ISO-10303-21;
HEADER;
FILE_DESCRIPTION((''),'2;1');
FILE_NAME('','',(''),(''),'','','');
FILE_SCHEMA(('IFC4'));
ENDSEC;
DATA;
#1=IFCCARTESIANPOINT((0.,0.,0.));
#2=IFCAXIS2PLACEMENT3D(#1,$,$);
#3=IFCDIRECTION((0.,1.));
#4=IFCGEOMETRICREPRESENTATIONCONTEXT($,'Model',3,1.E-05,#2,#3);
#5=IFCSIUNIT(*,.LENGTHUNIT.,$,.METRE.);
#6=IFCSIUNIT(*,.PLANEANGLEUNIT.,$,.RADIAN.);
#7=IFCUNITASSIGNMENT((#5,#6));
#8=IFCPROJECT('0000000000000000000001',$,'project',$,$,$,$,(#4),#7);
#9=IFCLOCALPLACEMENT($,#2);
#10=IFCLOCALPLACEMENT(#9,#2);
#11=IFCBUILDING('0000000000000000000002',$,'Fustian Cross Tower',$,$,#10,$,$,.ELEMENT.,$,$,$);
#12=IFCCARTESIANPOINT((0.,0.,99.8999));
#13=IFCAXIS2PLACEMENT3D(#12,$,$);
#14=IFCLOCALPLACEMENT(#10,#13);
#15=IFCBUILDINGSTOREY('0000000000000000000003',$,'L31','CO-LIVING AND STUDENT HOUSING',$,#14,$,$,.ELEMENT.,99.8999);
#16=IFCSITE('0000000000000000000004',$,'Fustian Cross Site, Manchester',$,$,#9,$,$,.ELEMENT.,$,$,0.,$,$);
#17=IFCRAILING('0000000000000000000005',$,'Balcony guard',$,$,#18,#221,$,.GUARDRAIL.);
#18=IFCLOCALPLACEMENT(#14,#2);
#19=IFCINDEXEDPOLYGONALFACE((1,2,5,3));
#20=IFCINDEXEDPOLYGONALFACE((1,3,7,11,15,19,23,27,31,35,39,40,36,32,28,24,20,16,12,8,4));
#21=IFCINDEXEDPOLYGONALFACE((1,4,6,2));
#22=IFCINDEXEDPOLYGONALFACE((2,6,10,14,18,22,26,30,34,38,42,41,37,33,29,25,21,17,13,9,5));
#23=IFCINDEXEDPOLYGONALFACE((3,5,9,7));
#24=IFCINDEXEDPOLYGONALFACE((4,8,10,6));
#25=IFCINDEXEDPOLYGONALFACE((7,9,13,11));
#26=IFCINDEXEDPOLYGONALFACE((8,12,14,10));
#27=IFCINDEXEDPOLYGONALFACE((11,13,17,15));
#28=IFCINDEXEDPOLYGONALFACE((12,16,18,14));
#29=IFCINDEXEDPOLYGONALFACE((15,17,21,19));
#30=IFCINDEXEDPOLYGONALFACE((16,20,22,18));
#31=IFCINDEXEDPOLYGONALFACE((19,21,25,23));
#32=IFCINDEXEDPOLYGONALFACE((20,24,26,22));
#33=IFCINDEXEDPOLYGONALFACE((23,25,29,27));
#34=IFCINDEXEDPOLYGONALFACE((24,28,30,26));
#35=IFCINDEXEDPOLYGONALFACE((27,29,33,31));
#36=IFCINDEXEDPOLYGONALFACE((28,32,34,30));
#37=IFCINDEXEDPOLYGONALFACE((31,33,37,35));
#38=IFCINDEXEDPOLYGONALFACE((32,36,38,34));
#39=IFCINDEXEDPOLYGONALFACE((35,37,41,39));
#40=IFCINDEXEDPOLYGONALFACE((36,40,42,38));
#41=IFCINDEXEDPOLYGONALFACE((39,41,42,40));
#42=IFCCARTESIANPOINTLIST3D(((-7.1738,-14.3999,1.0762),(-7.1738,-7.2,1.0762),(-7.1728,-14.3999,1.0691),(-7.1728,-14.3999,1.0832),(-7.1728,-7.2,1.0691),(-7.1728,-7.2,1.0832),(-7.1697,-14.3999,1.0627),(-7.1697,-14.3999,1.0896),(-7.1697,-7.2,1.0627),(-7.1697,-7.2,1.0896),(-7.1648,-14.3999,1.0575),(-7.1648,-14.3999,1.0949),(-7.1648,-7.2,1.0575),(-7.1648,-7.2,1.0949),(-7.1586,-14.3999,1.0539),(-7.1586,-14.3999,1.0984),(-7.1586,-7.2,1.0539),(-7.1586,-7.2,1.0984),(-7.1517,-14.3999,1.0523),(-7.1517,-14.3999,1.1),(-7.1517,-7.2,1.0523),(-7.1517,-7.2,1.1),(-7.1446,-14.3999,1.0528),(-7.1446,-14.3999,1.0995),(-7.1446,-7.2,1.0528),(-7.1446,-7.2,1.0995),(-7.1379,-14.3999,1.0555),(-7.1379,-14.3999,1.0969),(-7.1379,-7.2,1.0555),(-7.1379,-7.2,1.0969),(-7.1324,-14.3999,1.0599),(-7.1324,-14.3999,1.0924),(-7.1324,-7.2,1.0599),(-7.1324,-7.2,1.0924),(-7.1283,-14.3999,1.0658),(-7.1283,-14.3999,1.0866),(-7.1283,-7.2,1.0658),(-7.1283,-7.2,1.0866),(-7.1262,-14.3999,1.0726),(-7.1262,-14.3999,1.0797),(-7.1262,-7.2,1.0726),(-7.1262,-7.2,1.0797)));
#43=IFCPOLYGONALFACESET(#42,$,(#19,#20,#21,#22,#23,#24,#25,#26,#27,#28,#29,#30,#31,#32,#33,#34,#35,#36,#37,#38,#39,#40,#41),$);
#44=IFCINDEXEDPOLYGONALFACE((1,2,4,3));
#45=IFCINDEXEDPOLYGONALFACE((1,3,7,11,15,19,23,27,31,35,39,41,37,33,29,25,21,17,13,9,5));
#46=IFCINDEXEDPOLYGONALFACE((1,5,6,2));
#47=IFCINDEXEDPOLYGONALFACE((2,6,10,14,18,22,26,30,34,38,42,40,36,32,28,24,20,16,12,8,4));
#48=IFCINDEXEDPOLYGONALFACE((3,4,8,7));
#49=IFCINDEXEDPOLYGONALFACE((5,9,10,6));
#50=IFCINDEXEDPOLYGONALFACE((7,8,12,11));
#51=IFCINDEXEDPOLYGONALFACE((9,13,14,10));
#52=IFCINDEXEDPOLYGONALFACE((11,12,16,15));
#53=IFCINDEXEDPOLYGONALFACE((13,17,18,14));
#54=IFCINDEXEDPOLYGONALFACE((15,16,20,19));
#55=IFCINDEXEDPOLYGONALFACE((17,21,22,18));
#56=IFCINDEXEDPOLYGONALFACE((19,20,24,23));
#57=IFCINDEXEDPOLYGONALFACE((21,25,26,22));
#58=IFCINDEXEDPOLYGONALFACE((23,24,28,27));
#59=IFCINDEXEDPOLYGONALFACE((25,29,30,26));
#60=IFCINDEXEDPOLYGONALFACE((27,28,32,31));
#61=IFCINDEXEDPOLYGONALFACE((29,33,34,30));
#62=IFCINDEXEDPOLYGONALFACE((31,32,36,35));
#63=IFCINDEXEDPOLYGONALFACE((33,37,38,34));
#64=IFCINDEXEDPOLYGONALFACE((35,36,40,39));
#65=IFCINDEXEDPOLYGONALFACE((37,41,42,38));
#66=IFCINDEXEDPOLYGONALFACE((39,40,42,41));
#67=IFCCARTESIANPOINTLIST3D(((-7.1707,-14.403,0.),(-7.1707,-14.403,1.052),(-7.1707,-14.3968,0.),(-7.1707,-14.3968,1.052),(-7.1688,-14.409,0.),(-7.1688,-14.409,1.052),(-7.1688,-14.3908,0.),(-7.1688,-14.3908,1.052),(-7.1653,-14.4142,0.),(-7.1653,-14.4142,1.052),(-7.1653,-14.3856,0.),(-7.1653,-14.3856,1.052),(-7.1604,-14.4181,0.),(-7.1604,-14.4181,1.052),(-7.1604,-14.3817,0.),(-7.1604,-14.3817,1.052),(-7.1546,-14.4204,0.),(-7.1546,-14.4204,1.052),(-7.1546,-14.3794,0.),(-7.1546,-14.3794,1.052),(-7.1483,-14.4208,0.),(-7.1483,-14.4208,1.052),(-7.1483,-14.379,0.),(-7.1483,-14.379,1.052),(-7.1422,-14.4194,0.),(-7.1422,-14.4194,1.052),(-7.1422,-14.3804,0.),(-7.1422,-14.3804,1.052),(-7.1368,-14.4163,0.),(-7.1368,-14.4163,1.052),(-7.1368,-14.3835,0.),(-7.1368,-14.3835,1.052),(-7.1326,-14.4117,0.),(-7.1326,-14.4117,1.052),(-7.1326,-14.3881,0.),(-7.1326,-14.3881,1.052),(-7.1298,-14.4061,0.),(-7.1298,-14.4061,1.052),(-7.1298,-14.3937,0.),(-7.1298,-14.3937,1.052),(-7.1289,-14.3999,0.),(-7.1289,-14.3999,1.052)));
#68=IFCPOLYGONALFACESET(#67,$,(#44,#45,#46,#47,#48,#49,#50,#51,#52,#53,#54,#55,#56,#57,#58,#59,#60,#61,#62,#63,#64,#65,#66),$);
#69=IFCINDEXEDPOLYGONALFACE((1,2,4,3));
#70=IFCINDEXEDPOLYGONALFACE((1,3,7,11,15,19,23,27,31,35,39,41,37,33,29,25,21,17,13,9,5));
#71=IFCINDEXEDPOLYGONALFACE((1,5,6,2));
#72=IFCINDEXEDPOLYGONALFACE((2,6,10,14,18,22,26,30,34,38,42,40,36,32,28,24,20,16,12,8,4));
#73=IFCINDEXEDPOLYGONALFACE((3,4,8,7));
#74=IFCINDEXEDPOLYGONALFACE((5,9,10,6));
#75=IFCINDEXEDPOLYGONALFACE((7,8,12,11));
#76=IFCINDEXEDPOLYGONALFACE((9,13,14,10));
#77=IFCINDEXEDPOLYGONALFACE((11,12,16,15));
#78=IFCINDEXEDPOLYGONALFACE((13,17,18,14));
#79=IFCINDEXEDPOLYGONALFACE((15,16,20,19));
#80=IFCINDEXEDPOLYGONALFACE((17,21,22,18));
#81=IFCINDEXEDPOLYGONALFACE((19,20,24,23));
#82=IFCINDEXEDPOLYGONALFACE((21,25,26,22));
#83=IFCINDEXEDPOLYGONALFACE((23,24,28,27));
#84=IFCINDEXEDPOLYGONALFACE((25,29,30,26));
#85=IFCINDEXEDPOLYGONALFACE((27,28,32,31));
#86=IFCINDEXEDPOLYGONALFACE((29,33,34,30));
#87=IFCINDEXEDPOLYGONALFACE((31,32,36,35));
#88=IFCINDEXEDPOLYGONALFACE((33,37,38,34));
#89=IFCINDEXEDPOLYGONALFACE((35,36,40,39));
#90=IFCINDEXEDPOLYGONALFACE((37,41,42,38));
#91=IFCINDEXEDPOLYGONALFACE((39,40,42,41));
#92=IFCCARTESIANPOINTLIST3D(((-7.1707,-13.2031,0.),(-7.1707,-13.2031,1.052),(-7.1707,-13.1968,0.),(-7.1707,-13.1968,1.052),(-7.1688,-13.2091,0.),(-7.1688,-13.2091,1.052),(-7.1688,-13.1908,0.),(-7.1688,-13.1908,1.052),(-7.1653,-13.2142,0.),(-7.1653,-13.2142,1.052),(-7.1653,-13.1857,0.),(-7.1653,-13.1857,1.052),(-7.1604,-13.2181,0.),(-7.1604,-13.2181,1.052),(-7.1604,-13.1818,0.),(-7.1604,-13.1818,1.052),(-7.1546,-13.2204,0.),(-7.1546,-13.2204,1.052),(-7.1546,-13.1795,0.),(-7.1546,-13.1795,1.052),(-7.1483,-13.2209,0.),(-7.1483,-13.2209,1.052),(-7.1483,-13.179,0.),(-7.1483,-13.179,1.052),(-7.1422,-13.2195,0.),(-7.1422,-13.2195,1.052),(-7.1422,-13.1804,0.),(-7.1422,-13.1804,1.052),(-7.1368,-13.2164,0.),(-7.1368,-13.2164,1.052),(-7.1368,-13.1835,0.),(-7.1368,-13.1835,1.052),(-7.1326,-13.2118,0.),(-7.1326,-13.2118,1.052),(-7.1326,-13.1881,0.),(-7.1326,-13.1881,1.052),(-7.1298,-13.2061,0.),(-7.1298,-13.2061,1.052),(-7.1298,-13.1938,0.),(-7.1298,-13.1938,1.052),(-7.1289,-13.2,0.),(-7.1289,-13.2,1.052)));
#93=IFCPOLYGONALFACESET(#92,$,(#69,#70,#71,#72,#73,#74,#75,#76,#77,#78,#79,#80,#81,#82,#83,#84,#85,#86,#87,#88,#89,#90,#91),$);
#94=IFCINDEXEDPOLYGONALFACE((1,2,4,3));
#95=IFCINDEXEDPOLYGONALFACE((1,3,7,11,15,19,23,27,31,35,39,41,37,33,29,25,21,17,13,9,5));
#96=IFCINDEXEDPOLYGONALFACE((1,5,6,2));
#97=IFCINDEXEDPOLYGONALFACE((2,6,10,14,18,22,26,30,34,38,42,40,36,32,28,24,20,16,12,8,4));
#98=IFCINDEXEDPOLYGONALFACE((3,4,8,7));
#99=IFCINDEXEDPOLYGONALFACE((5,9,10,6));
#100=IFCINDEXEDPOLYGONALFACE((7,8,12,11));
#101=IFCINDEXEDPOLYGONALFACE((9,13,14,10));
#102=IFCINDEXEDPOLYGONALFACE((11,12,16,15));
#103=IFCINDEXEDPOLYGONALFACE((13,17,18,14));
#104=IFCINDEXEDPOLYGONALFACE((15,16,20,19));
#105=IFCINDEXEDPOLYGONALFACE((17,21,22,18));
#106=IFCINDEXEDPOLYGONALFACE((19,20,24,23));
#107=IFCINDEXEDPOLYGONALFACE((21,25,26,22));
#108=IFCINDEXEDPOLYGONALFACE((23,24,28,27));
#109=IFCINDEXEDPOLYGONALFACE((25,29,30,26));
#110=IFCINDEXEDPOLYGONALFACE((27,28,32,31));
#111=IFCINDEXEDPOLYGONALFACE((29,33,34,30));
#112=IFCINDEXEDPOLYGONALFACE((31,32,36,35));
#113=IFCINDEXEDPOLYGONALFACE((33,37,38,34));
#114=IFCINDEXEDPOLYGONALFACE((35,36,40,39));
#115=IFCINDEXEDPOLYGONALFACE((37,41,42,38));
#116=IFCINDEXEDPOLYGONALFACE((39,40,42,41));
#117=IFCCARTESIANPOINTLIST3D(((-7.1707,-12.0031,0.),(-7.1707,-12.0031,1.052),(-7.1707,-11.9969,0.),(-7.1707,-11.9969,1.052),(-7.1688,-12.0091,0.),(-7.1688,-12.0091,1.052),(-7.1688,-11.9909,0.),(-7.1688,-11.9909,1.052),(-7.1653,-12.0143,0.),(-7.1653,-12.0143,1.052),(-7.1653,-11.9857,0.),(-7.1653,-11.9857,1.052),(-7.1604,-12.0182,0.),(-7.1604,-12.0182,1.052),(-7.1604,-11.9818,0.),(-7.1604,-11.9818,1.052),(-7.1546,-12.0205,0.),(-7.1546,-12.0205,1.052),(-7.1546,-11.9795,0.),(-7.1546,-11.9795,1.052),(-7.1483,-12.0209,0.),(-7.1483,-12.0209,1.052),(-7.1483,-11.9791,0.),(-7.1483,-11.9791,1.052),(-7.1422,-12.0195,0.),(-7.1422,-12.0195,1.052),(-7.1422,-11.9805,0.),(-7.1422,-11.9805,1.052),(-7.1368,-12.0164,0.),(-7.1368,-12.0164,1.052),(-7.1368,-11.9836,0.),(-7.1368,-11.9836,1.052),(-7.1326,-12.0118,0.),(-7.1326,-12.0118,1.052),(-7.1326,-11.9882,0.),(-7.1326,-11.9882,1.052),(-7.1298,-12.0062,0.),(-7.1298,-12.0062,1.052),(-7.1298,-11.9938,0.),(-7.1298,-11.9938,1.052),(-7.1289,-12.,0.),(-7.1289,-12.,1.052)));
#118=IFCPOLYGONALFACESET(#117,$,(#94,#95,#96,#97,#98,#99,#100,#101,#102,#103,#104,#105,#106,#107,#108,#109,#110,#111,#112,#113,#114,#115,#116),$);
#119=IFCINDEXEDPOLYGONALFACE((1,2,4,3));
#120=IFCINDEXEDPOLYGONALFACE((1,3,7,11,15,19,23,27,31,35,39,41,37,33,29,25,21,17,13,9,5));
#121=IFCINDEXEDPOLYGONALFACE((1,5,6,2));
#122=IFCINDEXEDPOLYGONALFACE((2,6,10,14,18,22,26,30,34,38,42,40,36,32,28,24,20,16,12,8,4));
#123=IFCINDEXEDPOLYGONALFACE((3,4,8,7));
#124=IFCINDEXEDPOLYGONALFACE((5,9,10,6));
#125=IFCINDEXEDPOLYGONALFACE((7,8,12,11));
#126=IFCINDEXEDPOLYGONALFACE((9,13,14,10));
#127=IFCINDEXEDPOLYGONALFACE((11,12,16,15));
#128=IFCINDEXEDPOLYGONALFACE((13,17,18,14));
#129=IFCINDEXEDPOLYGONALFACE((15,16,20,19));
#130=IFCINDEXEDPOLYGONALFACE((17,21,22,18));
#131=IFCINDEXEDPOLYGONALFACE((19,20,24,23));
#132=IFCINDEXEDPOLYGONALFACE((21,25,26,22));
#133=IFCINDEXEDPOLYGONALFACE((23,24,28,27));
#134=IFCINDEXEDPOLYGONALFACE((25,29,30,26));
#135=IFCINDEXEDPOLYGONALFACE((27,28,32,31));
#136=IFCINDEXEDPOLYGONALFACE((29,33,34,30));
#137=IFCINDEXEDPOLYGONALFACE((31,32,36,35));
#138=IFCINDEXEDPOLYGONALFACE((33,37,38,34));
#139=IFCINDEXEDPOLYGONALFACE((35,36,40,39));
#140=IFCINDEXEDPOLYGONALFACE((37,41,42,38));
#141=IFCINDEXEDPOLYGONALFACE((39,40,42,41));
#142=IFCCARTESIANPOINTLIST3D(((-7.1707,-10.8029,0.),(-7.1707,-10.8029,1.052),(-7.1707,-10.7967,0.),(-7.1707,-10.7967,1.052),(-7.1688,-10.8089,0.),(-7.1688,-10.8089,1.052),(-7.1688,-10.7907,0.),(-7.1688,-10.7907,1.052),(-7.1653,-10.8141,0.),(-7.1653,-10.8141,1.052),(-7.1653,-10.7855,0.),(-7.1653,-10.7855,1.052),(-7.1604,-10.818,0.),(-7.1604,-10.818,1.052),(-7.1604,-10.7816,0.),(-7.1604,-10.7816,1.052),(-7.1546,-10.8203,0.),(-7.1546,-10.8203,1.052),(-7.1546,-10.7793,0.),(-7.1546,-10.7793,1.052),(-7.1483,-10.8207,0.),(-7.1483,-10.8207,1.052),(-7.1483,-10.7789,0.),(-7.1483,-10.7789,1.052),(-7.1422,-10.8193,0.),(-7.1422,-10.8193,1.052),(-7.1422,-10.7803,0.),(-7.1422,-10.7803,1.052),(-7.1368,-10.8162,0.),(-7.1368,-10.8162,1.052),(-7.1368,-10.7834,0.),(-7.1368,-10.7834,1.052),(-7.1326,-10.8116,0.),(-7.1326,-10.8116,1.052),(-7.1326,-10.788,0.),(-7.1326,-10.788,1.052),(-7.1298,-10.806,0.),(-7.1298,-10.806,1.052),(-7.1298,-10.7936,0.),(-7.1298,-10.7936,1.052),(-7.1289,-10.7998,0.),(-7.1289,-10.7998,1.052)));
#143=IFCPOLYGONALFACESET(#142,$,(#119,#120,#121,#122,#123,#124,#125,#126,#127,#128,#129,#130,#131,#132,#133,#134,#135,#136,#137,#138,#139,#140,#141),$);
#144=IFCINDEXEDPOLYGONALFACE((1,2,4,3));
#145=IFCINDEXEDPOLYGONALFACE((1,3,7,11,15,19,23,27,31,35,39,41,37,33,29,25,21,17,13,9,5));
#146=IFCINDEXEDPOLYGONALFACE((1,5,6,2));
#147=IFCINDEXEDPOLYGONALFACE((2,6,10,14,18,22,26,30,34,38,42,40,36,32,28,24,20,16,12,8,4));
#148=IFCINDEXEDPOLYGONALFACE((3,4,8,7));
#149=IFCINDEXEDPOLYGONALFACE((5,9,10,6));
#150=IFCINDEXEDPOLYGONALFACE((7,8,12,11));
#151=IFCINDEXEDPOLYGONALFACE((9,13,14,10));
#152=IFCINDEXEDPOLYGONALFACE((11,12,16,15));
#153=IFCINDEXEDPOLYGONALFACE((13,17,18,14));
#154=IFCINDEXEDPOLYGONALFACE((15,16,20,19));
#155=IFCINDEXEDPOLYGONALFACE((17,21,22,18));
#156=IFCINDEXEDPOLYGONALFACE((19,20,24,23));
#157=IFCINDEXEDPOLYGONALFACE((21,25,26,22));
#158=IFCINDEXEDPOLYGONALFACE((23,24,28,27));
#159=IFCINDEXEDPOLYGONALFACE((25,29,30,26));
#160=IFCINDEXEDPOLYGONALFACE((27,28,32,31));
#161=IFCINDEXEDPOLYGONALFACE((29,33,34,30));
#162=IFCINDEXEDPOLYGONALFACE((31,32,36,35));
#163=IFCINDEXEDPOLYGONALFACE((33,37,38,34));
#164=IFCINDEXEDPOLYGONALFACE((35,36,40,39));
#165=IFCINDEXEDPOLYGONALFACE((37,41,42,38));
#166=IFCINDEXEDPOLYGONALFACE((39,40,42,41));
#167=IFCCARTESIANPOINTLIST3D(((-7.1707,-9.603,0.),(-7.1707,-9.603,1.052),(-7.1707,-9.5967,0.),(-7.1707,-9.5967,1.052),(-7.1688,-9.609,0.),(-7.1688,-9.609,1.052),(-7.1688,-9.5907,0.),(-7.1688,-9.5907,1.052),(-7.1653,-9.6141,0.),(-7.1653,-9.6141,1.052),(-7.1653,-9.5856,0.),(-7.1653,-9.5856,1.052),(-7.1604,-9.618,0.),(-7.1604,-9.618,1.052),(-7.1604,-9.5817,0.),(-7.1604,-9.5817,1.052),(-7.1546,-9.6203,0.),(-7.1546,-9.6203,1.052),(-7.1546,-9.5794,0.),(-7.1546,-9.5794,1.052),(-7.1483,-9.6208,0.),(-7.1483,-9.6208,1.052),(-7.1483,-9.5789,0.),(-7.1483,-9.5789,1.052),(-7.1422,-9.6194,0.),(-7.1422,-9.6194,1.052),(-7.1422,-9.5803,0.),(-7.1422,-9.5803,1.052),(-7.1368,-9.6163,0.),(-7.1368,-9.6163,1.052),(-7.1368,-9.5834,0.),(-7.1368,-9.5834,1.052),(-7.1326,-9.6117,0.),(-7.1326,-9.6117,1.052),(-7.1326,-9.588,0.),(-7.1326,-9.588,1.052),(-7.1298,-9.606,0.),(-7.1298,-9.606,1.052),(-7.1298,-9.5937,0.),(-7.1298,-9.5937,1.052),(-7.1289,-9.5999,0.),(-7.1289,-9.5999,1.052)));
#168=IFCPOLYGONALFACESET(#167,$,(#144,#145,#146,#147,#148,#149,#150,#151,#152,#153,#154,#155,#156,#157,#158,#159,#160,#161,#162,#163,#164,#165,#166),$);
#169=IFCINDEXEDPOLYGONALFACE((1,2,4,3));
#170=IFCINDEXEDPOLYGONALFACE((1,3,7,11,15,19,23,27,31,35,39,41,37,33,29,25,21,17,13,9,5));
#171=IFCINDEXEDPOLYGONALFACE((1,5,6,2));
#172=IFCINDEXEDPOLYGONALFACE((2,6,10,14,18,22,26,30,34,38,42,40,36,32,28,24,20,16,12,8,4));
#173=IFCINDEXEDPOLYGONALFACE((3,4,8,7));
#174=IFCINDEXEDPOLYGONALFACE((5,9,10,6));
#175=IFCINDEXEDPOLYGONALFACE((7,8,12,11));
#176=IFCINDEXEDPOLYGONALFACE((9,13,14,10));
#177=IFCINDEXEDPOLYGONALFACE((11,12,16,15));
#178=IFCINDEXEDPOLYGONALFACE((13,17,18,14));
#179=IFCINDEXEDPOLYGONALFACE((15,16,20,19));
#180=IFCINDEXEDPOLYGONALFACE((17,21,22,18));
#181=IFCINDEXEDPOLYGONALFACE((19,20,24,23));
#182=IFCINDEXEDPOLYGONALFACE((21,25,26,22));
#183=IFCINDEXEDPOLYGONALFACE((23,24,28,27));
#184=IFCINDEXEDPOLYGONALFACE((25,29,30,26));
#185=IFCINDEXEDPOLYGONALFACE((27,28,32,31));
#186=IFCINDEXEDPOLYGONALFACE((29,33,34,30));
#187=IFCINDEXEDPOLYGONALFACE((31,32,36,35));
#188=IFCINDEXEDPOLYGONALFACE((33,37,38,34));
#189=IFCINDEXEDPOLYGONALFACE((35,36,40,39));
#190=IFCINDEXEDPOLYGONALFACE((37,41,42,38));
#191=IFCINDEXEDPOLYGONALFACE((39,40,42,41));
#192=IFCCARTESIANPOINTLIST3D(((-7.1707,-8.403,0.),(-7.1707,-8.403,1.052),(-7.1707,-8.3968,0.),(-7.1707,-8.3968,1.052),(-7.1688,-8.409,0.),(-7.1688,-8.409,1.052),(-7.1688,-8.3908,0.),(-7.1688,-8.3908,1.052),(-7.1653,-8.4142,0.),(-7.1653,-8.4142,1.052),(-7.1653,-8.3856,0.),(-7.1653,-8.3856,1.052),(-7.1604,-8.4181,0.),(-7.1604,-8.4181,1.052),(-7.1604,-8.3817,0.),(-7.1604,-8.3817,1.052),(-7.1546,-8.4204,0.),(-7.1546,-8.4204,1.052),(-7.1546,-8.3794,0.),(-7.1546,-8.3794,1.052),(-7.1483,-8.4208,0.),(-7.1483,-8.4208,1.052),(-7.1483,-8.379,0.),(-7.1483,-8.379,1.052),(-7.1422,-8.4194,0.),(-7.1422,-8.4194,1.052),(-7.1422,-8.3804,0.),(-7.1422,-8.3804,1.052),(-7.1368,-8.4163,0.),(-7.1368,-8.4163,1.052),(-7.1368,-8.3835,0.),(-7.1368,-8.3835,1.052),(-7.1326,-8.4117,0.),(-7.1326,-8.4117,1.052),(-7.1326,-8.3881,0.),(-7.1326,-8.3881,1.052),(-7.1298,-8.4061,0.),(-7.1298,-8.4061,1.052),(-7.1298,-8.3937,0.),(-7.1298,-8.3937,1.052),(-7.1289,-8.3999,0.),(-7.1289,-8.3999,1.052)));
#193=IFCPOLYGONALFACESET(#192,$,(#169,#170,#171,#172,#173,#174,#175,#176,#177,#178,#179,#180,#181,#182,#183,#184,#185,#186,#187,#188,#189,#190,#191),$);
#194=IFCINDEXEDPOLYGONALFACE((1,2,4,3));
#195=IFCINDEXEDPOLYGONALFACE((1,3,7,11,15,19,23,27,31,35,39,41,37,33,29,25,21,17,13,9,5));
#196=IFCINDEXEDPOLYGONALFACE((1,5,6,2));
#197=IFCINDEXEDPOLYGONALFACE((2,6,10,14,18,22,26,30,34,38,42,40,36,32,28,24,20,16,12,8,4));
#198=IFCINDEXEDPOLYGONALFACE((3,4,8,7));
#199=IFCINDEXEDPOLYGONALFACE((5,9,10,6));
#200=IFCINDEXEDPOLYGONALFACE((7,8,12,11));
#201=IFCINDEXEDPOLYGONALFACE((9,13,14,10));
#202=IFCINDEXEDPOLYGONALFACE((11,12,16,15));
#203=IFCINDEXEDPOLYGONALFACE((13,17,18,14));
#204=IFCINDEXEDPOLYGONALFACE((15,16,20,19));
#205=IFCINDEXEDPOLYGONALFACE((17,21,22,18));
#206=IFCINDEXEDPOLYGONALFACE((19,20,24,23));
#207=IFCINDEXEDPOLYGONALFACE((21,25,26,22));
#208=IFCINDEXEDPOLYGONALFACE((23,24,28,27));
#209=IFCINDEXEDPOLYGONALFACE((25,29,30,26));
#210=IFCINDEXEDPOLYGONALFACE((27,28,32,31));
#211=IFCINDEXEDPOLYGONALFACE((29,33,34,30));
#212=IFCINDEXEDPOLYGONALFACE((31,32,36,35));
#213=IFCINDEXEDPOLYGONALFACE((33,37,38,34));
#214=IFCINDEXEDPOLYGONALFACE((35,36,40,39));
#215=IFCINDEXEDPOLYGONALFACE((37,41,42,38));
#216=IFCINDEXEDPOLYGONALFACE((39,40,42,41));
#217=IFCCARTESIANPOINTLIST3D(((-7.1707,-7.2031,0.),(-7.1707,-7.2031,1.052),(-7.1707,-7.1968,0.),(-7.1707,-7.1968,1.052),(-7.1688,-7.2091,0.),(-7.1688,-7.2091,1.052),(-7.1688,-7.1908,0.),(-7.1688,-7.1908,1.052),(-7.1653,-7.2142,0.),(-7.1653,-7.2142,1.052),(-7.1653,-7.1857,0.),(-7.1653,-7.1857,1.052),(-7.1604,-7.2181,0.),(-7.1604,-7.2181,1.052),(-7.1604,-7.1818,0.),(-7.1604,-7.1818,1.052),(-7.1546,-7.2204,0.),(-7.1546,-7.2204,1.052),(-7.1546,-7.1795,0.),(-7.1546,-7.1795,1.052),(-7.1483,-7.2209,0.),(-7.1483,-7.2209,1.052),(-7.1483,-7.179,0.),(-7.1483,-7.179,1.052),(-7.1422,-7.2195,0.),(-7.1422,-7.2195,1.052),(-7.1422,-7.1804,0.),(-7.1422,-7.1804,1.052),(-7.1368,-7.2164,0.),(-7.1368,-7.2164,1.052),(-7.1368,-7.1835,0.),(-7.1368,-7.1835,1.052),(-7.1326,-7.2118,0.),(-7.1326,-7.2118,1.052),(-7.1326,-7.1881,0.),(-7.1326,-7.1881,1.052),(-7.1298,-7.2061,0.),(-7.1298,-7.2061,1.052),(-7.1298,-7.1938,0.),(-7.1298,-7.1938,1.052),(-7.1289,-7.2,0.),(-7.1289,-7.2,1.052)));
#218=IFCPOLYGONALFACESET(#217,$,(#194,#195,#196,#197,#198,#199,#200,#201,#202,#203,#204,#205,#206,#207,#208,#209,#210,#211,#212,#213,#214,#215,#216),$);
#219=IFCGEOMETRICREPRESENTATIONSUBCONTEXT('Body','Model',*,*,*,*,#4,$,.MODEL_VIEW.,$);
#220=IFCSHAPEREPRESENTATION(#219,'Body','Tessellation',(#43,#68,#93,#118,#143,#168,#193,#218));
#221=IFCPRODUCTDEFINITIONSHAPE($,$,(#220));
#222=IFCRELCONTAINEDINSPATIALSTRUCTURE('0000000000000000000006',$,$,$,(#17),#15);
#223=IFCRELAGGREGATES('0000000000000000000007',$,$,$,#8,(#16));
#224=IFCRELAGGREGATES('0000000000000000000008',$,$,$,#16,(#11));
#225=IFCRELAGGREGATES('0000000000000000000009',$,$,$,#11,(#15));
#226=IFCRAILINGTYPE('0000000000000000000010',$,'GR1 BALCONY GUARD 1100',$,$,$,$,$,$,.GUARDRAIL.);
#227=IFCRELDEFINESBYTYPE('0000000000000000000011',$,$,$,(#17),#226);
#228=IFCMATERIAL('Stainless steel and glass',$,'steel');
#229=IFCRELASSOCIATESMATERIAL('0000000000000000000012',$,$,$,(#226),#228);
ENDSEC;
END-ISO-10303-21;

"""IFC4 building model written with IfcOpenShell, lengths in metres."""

from ifc_helpers import new_model, si_unit, direction, frame, origin, origin_2d, place, context, subcontext, project, spatial, circle, extrude, material, type_object, element, save


model = new_model("IFC4")

# Units and contexts
model_context = context("Model", 3, precision=1e-05, world=origin(), true_north=direction((0.0, 1.0)))
body_context = subcontext(model_context, "Body", "Model", "MODEL_VIEW")
ifc_project = project(units=[si_unit("LENGTHUNIT", "METRE"), si_unit("PLANEANGLEUNIT", "RADIAN")], contexts=[model_context])

# Site, building, storey
site_placement = place(None, origin())
site = spatial("IfcSite", under=ifc_project, at=site_placement, Name="Fustian Cross Site, Manchester", CompositionType="ELEMENT", RefElevation=0.0)
building_placement = place(site_placement, origin())
building = spatial("IfcBuilding", under=site, at=building_placement, Name="Fustian Cross Tower", CompositionType="ELEMENT")
storey_placement = place(building_placement, frame((0.0, 0.0, 99.8999)))
storey = spatial("IfcBuildingStorey", under=building, at=storey_placement, Name="L31", Description="CO-LIVING AND STUDENT HOUSING", CompositionType="ELEMENT", Elevation=99.8999)

# Railing
ifc_material_1 = material(Name="Stainless steel and glass", Category="steel")
railing_type = type_object("IfcRailingType", Name="GR1 BALCONY GUARD 1100", PredefinedType="GUARDRAIL", material=ifc_material_1)
railing_placement = place(storey_placement, frame((-7.1499, -14.3999, 0.0)))
element("IfcRailing", 1, at=railing_placement, inside=storey, type_object=railing_type, Name="Balcony guard", PredefinedType="GUARDRAIL", context=body_context, shape_type="SweptSolid", body=[
    extrude(circle(Radius=0.0239, at=origin_2d()), frame((0.0, 0.0, 1.0762), z_axis=(0.0, 1.0, 0.0), x_axis=(-1.0, 0.0, 0.0)), (0.0, 0.0, 1.0), 7.2),
    extrude(circle(Radius=0.021, at=origin_2d()), origin(), (0.0, 0.0, 1.0), 1.052),
    extrude(circle(Radius=0.021, at=origin_2d()), frame((0.0, 1.2, 0.0)), (0.0, 0.0, 1.0), 1.052),
    extrude(circle(Radius=0.021, at=origin_2d()), frame((0.0, 2.3999, 0.0)), (0.0, 0.0, 1.0), 1.052),
    extrude(circle(Radius=0.021, at=origin_2d()), frame((0.0, 3.6001, 0.0)), (0.0, 0.0, 1.0), 1.052),
    extrude(circle(Radius=0.021, at=origin_2d()), frame((0.0, 4.8, 0.0)), (0.0, 0.0, 1.0), 1.052),
    extrude(circle(Radius=0.021, at=origin_2d()), frame((0.0, 6.0, 0.0)), (0.0, 0.0, 1.0), 1.052),
    extrude(circle(Radius=0.021, at=origin_2d()), frame((0.0, 7.2, 0.0)), (0.0, 0.0, 1.0), 1.052),
])

save(model, "model.ifc")
